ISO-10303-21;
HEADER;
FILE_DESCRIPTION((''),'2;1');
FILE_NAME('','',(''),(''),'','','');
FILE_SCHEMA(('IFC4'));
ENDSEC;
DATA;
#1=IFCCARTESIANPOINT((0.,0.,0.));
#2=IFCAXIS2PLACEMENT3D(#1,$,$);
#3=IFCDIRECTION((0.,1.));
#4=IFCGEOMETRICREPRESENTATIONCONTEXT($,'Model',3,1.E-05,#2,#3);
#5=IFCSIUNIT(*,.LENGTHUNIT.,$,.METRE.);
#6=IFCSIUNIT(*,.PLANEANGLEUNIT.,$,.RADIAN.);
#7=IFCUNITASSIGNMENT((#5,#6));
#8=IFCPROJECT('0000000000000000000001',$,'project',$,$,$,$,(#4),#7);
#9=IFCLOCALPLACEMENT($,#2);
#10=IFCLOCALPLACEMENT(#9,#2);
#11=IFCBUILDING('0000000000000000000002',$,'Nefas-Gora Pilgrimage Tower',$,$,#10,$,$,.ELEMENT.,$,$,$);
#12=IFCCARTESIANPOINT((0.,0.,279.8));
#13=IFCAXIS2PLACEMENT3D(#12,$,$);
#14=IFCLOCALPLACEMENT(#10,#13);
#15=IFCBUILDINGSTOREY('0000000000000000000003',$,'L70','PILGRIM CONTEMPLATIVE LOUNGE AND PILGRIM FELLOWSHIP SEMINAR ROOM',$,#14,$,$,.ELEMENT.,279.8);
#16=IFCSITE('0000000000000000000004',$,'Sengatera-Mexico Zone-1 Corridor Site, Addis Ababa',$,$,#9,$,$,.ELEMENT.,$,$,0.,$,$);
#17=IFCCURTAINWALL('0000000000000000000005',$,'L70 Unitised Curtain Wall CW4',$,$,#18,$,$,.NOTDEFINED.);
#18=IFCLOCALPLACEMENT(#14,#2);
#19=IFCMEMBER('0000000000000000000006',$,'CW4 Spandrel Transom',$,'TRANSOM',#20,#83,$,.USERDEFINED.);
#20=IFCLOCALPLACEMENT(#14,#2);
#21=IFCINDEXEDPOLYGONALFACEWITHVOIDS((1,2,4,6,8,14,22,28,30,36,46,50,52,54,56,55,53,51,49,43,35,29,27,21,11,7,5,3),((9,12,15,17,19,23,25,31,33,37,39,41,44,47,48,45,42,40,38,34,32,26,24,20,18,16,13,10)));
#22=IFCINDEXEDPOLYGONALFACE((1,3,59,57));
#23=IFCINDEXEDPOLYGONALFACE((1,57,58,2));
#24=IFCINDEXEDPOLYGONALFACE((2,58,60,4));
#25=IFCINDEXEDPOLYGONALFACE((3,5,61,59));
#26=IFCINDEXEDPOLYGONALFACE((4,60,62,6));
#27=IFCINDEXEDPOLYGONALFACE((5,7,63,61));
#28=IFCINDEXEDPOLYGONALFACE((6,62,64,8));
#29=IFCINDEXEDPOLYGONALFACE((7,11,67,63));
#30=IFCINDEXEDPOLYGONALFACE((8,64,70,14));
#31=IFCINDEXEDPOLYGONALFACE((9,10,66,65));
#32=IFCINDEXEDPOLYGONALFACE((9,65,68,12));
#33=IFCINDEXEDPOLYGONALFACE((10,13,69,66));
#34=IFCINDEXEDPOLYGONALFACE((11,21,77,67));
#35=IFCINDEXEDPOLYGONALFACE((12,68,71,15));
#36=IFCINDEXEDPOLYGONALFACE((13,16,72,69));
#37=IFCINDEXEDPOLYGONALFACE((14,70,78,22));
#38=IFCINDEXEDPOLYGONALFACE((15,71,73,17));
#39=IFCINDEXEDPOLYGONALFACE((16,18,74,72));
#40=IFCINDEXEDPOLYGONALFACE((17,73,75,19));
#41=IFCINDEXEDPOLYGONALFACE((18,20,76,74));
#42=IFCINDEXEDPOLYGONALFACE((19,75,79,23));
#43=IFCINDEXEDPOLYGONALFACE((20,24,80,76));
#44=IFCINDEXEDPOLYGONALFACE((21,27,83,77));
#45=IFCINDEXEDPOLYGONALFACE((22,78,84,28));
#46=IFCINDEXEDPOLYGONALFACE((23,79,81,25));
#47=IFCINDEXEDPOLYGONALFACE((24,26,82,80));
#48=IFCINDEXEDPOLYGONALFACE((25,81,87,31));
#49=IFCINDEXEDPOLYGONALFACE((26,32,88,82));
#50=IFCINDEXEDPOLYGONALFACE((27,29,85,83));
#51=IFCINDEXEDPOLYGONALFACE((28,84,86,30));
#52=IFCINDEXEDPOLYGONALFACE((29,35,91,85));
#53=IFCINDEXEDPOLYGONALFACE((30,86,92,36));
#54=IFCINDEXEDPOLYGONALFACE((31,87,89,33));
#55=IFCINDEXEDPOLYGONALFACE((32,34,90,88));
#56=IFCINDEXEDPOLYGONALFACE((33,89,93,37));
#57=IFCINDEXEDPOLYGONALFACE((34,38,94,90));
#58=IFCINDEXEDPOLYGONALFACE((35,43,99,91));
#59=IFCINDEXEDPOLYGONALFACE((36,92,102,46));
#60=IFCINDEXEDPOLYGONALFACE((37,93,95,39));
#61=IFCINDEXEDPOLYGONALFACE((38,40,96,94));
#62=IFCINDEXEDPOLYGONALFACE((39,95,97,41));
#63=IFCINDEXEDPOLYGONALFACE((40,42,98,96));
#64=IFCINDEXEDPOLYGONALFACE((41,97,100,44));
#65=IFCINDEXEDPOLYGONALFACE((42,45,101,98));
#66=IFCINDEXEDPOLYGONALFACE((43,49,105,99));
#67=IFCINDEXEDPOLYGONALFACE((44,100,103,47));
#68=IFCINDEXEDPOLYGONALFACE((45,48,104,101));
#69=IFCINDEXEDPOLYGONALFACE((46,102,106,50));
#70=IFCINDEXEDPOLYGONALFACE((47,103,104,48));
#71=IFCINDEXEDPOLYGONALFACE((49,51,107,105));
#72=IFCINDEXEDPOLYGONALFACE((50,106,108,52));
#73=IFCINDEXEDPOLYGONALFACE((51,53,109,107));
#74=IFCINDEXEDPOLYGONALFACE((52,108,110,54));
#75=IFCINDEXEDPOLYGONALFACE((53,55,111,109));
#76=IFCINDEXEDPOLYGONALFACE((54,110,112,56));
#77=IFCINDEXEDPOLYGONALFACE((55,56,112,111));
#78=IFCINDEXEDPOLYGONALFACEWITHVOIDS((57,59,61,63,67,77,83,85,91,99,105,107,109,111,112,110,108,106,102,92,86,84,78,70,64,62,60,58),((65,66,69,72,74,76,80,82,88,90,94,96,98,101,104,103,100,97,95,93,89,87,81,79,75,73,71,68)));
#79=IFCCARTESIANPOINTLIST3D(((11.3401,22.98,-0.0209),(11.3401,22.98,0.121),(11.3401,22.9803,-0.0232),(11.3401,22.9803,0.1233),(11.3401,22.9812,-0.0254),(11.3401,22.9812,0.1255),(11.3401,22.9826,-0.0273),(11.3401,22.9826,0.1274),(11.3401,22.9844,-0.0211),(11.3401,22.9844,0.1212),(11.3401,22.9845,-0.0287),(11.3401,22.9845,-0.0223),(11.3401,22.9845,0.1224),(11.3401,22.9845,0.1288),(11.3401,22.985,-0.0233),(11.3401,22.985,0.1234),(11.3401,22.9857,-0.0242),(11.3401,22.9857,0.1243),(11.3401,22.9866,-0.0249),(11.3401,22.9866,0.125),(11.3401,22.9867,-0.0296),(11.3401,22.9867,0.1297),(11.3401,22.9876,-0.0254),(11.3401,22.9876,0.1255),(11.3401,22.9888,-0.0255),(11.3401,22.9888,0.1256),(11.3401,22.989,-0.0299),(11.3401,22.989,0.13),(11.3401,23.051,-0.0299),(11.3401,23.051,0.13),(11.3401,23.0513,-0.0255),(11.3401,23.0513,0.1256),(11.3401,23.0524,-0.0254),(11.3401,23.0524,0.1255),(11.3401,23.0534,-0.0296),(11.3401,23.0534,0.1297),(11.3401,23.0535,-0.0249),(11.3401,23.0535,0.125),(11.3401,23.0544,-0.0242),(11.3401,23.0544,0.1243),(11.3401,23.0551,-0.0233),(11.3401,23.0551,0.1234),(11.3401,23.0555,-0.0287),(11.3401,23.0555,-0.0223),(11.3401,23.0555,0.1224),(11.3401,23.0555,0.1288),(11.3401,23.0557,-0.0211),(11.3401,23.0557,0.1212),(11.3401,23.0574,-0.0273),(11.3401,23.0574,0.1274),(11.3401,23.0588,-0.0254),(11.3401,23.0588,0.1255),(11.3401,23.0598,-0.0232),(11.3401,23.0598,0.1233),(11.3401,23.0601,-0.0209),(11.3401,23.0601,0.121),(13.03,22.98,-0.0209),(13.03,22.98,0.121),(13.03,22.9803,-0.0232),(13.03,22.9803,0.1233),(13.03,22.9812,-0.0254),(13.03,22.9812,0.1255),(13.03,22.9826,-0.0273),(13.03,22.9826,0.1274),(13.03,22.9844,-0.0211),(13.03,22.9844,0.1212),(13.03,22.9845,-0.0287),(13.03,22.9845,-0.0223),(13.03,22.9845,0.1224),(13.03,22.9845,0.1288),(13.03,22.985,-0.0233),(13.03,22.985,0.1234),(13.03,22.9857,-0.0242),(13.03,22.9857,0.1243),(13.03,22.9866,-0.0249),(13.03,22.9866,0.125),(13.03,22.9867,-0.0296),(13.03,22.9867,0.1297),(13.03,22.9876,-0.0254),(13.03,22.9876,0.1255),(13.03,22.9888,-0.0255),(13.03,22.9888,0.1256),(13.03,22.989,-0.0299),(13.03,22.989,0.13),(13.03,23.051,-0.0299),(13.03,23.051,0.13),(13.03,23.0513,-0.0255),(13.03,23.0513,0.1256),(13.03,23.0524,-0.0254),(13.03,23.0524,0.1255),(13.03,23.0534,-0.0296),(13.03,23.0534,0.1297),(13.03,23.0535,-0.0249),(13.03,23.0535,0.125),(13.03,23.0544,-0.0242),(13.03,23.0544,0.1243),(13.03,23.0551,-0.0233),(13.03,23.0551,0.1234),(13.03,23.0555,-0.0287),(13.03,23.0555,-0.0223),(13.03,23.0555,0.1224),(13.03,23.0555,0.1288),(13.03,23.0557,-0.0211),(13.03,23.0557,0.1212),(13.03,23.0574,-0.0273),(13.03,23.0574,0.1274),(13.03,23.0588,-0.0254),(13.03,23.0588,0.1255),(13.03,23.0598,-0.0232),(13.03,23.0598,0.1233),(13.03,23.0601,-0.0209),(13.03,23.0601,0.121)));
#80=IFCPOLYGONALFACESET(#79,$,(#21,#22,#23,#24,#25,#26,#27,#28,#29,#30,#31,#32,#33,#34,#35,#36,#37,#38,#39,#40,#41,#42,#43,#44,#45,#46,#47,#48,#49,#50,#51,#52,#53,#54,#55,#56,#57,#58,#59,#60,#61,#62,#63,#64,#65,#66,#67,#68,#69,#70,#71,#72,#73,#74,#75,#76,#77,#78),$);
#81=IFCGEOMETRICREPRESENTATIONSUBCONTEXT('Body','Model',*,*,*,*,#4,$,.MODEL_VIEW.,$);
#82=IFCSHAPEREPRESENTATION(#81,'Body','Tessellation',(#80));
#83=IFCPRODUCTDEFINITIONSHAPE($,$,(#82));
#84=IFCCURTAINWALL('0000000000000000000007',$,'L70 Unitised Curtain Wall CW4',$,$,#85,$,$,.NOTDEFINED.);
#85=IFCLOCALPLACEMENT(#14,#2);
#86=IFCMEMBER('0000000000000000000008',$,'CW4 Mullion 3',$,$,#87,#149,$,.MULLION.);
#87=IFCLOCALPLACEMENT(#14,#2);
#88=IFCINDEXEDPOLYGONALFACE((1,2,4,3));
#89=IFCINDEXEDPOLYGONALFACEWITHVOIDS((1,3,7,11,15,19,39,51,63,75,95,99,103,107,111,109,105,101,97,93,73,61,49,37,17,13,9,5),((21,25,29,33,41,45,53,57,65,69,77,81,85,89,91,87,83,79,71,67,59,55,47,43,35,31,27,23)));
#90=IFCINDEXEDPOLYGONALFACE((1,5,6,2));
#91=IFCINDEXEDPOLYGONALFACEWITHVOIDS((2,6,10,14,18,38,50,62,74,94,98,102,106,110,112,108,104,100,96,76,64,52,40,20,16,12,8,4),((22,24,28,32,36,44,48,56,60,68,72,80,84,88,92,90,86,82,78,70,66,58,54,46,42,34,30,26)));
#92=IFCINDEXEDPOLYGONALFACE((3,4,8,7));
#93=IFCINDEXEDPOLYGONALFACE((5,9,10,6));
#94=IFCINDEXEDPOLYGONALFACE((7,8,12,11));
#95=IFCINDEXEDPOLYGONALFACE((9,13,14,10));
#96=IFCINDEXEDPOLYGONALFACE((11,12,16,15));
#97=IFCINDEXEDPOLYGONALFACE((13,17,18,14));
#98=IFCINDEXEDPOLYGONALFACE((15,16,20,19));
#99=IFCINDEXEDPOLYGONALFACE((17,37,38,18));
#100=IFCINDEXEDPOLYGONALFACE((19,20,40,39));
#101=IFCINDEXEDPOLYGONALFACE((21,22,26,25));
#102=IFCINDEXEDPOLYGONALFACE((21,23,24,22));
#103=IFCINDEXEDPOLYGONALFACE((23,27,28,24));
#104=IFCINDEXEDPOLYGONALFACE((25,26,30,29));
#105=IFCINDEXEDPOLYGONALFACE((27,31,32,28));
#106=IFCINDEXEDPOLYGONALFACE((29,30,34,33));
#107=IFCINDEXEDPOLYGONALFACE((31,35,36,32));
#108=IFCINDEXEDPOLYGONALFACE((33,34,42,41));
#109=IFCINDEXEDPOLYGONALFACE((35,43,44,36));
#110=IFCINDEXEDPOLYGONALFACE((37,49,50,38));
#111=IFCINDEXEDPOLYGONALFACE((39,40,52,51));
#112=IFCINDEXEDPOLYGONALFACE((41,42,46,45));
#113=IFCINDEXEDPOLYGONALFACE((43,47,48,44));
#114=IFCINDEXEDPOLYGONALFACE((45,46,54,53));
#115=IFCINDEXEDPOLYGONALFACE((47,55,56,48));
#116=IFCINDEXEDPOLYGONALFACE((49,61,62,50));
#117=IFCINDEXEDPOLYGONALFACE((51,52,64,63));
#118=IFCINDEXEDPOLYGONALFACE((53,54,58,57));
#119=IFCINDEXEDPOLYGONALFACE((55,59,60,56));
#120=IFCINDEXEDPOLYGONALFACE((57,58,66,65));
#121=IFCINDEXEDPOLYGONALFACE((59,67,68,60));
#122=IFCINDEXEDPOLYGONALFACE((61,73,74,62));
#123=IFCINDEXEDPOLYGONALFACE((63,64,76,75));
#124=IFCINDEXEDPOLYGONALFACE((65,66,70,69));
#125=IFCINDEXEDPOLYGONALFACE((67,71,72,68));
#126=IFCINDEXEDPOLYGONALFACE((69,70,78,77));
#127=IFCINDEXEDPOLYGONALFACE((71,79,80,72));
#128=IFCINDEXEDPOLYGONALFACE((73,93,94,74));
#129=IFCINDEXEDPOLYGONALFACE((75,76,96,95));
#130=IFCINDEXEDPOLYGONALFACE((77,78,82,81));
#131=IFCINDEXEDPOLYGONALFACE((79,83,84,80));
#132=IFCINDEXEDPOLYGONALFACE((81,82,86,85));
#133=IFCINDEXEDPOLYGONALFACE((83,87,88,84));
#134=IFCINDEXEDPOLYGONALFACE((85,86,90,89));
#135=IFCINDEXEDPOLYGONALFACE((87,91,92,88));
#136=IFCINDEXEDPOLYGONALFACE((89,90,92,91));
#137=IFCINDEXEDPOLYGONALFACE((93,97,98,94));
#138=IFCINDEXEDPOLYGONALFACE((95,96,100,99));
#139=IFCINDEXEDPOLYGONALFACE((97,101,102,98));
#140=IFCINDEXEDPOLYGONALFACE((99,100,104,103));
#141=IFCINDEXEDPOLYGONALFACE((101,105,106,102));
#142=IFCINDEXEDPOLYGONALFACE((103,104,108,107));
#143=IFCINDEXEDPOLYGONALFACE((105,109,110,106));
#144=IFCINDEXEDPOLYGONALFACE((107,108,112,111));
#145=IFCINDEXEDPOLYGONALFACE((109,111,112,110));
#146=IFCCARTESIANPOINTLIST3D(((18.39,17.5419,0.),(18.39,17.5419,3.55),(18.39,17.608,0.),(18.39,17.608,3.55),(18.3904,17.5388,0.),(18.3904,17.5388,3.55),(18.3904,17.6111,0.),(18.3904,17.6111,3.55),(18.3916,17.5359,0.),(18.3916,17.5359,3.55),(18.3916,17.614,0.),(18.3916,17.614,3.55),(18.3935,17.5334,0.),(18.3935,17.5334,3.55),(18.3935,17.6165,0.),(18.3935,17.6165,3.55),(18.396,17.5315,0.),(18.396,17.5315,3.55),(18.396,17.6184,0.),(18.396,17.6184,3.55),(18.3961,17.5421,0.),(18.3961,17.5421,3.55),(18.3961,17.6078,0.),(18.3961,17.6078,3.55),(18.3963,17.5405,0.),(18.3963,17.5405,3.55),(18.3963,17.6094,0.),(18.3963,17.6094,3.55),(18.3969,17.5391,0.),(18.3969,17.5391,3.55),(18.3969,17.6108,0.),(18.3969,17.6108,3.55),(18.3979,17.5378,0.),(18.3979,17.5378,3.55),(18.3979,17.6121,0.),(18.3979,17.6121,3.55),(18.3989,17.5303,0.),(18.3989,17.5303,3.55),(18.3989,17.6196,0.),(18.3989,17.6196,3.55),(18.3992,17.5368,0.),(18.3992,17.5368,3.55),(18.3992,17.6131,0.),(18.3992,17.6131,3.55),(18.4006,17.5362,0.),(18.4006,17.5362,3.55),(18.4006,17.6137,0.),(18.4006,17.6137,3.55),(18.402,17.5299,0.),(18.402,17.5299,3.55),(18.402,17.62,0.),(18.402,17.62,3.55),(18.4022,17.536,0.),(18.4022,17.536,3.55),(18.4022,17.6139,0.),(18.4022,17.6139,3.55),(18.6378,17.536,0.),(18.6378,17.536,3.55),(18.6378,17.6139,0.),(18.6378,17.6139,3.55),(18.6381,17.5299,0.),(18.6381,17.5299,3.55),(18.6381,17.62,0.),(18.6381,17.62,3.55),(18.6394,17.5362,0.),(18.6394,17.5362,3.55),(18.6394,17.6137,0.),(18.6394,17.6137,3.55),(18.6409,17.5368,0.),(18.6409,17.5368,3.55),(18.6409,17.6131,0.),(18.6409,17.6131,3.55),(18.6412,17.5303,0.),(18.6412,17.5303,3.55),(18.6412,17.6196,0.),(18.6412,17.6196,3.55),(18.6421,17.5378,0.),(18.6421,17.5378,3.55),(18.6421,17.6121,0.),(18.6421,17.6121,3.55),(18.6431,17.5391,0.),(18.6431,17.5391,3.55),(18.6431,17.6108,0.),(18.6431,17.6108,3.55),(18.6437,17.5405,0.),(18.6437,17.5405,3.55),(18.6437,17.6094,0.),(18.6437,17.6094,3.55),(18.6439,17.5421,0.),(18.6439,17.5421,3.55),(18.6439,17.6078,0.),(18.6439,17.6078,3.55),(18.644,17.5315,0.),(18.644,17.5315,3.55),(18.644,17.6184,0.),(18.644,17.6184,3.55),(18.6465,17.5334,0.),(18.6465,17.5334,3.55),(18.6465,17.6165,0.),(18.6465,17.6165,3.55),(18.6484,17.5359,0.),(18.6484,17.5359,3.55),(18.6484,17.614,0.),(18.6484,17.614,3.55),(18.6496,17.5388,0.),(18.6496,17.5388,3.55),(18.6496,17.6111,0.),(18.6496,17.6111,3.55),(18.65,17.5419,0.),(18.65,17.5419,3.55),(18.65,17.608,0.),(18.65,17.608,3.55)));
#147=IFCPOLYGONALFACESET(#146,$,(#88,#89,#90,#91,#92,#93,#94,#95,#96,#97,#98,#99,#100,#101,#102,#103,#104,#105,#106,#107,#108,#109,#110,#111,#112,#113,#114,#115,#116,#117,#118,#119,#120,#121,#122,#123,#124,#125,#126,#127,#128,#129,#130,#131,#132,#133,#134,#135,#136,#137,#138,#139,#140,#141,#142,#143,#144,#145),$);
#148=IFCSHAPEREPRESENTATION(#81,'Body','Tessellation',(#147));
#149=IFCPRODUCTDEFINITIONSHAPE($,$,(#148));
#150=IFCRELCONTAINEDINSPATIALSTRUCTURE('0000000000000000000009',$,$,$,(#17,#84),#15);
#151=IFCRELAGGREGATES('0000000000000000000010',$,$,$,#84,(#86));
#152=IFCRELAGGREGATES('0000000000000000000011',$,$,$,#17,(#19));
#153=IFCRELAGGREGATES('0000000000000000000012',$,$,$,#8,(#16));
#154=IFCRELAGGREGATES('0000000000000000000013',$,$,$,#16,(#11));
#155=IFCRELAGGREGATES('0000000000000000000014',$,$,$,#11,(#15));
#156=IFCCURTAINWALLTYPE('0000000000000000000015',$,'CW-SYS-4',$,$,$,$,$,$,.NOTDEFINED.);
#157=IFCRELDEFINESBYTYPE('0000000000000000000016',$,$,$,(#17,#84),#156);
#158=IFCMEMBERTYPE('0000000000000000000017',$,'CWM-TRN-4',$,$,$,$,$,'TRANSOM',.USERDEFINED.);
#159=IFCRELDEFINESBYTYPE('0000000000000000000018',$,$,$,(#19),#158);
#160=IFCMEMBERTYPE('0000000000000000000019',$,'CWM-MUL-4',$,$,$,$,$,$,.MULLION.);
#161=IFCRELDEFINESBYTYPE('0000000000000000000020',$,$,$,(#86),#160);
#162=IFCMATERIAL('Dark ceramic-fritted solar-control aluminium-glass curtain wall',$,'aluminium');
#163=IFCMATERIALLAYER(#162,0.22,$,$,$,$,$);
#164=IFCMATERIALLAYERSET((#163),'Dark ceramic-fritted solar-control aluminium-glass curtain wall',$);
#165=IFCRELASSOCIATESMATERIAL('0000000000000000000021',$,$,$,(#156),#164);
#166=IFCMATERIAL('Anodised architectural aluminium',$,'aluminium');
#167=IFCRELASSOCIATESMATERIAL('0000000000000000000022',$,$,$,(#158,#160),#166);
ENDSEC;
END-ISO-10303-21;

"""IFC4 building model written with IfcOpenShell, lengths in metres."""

from ifc_helpers import new_model, si_unit, direction, frame, origin, origin_2d, place, context, subcontext, project, spatial, hollow_rectangle, extrude, source, transform, mapped, material, layer, layer_set, material_profile, profile_set, type_object, element, aggregate, save


model = new_model("IFC4")

# Units and contexts
model_context = context("Model", 3, precision=1e-05, world=origin(), true_north=direction((0.0, 1.0)))
body_context = subcontext(model_context, "Body", "Model", "MODEL_VIEW")
ifc_project = project(units=[si_unit("LENGTHUNIT", "METRE"), si_unit("PLANEANGLEUNIT", "RADIAN")], contexts=[model_context])

# Site, building, storey
site_placement = place(None, origin())
site = spatial("IfcSite", under=ifc_project, at=site_placement, Name="Sengatera-Mexico Zone-1 Corridor Site, Addis Ababa", CompositionType="ELEMENT", RefElevation=0.0)
building_placement = place(site_placement, origin())
building = spatial("IfcBuilding", under=site, at=building_placement, Name="Nefas-Gora Pilgrimage Tower", CompositionType="ELEMENT")
storey_placement = place(building_placement, frame((0.0, 0.0, 279.8)))
storey = spatial("IfcBuildingStorey", under=building, at=storey_placement, Name="L70", Description="PILGRIM CONTEMPLATIVE LOUNGE AND PILGRIM FELLOWSHIP SEMINAR ROOM", CompositionType="ELEMENT", Elevation=279.8)

# Shared definitions
ifc_material_1 = material(Name="Dark ceramic-fritted solar-control aluminium-glass curtain wall", Category="aluminium")
ifc_material_2 = material(Name="Anodised architectural aluminium", Category="aluminium")

# Curtain walls, members
ifc_layer_1 = layer(ifc_material_1, 0.22)
ifc_layer_set_1 = layer_set([ifc_layer_1], Name="Dark ceramic-fritted solar-control aluminium-glass curtain wall")
curtain_wall_type_1 = type_object("IfcCurtainWallType", Name="CW-SYS-4", PredefinedType="NOTDEFINED", material=ifc_layer_set_1)
curtain_wall_1_placement = place(storey_placement, origin())
curtain_wall_1 = element("IfcCurtainWall", 1, at=curtain_wall_1_placement, inside=storey, type_object=curtain_wall_type_1, Name="L70 Unitised Curtain Wall CW4", PredefinedType="NOTDEFINED")
ifc_material_profile_1 = material_profile(ifc_material_2, hollow_rectangle(XDim=0.0801, YDim=0.1599, WallThickness=0.0044, InnerFilletRadius=0.0044, OuterFilletRadius=0.009, at=origin_2d()), Name="ALU TRANSOM 80x160")
ifc_profile_set_1 = profile_set([ifc_material_profile_1], Name="Anodised architectural aluminium")
member_type_1 = type_object("IfcMemberType", Name="CWM-TRN-4", ElementType="TRANSOM", PredefinedType="USERDEFINED", material=ifc_profile_set_1)
shared_shape_1 = source(origin(), body_context, "Body", "SweptSolid", [
    extrude(hollow_rectangle(XDim=0.0801, YDim=0.1599, WallThickness=0.0044, InnerFilletRadius=0.0044, OuterFilletRadius=0.009, at=origin_2d()), origin(), (0.0, 0.0, 1.0), 1.6899),
])
member_1_placement = place(storey_placement, frame((13.03, 23.02, 0.05), z_axis=(-1.0, 0.0, 0.0), x_axis=(0.0, -1.0, 0.0)))
member_1 = element("IfcMember", 2, at=member_1_placement, type_object=member_type_1, Name="CW4 Spandrel Transom", ObjectType="TRANSOM", PredefinedType="USERDEFINED", context=body_context, shape_type="MappedRepresentation", body=[
    mapped(shared_shape_1, transform((0.0, 0.0, 0.0), x_axis=(1.0, 0.0, 0.0), y_axis=(0.0, 1.0, 0.0), z_axis=(0.0, 0.0, 1.0), scale=1.0)),
])
curtain_wall_2_placement = place(storey_placement, origin())
curtain_wall_2 = element("IfcCurtainWall", 3, at=curtain_wall_2_placement, inside=storey, type_object=curtain_wall_type_1, Name="L70 Unitised Curtain Wall CW4", PredefinedType="NOTDEFINED")
ifc_material_profile_2 = material_profile(ifc_material_2, hollow_rectangle(XDim=0.0901, YDim=0.26, WallThickness=0.0061, InnerFilletRadius=0.0061, OuterFilletRadius=0.012, at=origin_2d()), Name="ALU MULLION 90x260")
ifc_profile_set_2 = profile_set([ifc_material_profile_2], Name="Anodised architectural aluminium")
member_type_2 = type_object("IfcMemberType", Name="CWM-MUL-4", PredefinedType="MULLION", material=ifc_profile_set_2)
shared_shape_2 = source(origin(), body_context, "Body", "SweptSolid", [
    extrude(hollow_rectangle(XDim=0.0901, YDim=0.26, WallThickness=0.0061, InnerFilletRadius=0.0061, OuterFilletRadius=0.012, at=origin_2d()), origin(), (0.0, 0.0, 1.0), 3.55),
])
member_2_placement = place(storey_placement, frame((18.52, 17.575, 0.0), z_axis=(0.0, 0.0, 1.0), x_axis=(0.0, 1.0, 0.0)))
member_2 = element("IfcMember", 4, at=member_2_placement, type_object=member_type_2, Name="CW4 Mullion 3", PredefinedType="MULLION", context=body_context, shape_type="MappedRepresentation", body=[
    mapped(shared_shape_2, transform((0.0, 0.0, 0.0), x_axis=(1.0, 0.0, 0.0), y_axis=(0.0, 1.0, 0.0), z_axis=(0.0, 0.0, 1.0), scale=1.0)),
])
aggregate(curtain_wall_2, [member_2])

aggregate(curtain_wall_1, [member_1])

save(model, "model.ifc")
